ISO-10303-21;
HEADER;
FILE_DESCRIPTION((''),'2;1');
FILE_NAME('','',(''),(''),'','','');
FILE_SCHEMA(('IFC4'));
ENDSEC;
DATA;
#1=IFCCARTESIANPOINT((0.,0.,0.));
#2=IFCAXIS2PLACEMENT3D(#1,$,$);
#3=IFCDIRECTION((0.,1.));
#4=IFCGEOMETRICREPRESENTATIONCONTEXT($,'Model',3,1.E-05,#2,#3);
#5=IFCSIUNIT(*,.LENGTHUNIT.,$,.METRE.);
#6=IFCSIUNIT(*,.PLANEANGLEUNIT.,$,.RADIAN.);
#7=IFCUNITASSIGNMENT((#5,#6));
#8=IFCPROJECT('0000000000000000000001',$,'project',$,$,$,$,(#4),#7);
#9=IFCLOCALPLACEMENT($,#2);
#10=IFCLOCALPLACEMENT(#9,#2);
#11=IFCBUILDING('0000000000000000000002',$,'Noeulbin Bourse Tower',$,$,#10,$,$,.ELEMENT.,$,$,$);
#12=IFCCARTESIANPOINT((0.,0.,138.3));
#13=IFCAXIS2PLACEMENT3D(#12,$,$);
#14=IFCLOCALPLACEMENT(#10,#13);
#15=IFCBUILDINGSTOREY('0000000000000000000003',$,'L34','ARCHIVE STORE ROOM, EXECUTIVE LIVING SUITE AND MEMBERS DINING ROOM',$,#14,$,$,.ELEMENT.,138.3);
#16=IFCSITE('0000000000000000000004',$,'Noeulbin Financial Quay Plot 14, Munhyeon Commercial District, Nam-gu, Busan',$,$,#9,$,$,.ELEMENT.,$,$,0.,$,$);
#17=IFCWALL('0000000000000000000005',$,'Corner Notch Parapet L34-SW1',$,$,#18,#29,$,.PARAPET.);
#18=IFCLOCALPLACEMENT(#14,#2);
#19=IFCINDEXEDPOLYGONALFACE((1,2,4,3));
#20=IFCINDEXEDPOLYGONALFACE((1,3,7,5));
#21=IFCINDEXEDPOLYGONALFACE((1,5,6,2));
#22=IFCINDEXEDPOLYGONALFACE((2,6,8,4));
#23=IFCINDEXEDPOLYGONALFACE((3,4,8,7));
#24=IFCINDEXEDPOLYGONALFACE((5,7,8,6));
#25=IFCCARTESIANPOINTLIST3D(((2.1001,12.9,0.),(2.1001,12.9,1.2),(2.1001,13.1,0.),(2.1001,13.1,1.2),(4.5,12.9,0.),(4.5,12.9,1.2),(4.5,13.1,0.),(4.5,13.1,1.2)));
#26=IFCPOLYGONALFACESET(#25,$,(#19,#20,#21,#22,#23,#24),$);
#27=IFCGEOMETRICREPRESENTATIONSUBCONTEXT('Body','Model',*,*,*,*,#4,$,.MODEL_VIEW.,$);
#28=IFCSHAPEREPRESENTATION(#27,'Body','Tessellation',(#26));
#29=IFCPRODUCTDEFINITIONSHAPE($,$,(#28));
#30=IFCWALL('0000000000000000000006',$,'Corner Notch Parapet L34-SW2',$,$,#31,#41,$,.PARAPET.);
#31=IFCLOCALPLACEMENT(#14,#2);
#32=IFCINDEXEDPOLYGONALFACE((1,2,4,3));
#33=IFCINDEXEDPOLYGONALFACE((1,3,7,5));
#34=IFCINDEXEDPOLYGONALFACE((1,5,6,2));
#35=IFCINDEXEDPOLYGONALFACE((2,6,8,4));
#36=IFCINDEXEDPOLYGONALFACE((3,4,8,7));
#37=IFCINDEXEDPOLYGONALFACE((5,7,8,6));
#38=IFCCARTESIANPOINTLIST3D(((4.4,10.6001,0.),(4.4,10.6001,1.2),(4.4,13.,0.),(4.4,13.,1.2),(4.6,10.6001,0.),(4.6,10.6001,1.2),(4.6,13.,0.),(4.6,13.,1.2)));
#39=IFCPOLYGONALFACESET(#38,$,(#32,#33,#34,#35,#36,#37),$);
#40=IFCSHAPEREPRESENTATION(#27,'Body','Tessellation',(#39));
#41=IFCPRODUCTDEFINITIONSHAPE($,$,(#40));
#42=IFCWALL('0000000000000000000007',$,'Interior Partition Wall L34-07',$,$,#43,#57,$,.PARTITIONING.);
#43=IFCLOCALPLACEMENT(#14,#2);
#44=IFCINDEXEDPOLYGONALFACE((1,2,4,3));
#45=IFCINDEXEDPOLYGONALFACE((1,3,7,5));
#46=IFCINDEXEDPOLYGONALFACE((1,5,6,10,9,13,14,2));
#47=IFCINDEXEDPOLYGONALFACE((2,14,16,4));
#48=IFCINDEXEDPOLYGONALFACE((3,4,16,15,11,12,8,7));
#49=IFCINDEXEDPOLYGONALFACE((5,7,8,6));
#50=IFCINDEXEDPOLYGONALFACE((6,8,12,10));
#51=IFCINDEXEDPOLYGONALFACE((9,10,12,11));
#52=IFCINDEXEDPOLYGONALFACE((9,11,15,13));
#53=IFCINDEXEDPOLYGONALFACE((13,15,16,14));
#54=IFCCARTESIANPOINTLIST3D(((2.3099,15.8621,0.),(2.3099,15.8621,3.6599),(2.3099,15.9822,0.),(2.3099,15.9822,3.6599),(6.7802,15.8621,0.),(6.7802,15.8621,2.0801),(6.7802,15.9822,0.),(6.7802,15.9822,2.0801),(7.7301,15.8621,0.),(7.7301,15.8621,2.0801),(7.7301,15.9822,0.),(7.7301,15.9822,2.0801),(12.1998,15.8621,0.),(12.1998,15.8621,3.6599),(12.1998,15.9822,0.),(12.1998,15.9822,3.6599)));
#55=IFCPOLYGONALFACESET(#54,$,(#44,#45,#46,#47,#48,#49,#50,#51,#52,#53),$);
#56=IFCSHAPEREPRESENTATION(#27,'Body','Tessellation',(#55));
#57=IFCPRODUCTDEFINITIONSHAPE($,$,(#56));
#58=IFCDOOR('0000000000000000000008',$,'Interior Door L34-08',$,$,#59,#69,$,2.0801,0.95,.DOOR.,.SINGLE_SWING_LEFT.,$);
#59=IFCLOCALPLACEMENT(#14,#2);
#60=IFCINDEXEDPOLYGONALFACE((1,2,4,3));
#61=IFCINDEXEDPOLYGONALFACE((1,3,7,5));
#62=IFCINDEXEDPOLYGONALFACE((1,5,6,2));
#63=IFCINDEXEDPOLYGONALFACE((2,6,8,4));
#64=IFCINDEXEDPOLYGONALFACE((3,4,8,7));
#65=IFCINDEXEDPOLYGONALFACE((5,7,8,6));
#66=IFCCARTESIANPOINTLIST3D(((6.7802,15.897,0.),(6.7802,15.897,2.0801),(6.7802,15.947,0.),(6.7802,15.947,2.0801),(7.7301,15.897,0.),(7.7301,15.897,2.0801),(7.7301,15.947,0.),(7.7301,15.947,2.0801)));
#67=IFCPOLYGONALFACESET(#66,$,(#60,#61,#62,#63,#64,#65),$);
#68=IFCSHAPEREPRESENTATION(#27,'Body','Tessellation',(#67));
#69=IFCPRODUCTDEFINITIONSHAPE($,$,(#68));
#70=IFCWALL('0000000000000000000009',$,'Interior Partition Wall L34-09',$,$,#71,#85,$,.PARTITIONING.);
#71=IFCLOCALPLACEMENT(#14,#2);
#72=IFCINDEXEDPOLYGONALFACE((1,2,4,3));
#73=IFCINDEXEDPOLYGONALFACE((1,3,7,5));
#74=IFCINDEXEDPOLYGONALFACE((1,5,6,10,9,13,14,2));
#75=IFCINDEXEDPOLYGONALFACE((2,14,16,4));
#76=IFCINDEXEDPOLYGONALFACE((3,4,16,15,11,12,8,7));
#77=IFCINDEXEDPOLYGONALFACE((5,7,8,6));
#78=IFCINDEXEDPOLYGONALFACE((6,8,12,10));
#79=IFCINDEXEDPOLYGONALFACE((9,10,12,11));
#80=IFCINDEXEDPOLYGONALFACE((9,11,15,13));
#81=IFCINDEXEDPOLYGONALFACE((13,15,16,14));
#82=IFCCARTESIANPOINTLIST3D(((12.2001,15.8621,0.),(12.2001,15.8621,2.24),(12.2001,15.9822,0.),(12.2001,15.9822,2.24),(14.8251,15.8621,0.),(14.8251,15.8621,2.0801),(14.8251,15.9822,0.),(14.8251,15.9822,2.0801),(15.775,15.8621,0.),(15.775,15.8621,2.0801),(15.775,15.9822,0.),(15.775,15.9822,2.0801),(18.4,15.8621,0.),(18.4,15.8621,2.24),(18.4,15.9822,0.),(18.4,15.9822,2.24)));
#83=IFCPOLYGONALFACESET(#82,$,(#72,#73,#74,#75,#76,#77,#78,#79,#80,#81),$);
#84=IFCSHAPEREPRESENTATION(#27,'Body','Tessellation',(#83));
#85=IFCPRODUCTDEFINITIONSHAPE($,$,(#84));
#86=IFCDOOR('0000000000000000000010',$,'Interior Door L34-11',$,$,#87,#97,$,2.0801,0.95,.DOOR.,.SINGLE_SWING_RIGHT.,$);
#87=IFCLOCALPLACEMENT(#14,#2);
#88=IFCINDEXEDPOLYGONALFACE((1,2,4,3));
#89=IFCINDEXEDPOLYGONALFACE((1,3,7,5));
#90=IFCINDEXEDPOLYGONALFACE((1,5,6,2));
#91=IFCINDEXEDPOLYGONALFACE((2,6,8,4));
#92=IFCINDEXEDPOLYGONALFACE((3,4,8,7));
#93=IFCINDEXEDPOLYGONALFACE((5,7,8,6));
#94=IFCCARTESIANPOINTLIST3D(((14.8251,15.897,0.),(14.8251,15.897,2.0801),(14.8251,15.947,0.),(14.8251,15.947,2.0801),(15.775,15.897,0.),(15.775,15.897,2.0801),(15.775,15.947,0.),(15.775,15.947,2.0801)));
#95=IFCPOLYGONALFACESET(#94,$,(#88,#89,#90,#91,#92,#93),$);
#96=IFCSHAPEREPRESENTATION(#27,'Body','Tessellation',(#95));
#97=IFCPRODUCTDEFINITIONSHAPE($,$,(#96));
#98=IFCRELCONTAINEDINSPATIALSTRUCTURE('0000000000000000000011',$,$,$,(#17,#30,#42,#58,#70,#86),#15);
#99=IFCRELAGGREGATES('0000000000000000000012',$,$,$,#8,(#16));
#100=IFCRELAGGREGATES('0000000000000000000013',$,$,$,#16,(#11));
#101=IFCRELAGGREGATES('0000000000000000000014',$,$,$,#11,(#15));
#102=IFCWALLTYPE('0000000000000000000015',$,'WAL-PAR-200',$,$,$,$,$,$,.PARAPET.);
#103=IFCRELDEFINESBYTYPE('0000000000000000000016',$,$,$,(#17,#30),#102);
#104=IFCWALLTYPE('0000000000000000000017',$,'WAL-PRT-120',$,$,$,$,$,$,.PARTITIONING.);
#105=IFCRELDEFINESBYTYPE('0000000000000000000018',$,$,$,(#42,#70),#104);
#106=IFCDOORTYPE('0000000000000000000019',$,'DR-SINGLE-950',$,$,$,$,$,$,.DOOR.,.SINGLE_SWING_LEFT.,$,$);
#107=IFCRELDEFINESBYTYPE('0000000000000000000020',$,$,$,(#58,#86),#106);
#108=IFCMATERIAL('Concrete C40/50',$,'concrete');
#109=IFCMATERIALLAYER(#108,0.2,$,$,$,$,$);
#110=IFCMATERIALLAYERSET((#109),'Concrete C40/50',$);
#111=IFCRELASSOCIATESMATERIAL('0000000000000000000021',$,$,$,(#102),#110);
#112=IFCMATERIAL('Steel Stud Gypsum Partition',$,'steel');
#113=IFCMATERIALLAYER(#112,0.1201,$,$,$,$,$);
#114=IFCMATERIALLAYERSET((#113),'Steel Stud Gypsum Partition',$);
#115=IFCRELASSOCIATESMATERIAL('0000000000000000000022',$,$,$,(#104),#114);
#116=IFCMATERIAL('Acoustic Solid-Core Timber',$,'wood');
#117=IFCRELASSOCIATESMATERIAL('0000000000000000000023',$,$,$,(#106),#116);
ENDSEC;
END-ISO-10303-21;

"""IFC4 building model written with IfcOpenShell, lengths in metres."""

from ifc_helpers import new_model, si_unit, direction, frame, frame_2d, origin, place, context, subcontext, project, spatial, rectangle, extrude, material, layer, layer_set, type_object, element, fill, save


model = new_model("IFC4")

# Units and contexts
model_context = context("Model", 3, precision=1e-05, world=origin(), true_north=direction((0.0, 1.0)))
body_context = subcontext(model_context, "Body", "Model", "MODEL_VIEW")
ifc_project = project(units=[si_unit("LENGTHUNIT", "METRE"), si_unit("PLANEANGLEUNIT", "RADIAN")], contexts=[model_context])

# Site, building, storey
site_placement = place(None, origin())
site = spatial("IfcSite", under=ifc_project, at=site_placement, Name="Noeulbin Financial Quay Plot 14, Munhyeon Commercial District, Nam-gu, Busan", CompositionType="ELEMENT", RefElevation=0.0)
building_placement = place(site_placement, origin())
building = spatial("IfcBuilding", under=site, at=building_placement, Name="Noeulbin Bourse Tower", CompositionType="ELEMENT")
storey_placement = place(building_placement, frame((0.0, 0.0, 138.3)))
storey = spatial("IfcBuildingStorey", under=building, at=storey_placement, Name="L34", Description="ARCHIVE STORE ROOM, EXECUTIVE LIVING SUITE AND MEMBERS DINING ROOM", CompositionType="ELEMENT", Elevation=138.3)

# Walls
ifc_material_1 = material(Name="Concrete C40/50", Category="concrete")
ifc_layer_1 = layer(ifc_material_1, 0.2)
ifc_layer_set_1 = layer_set([ifc_layer_1], Name="Concrete C40/50")
wall_type_1 = type_object("IfcWallType", Name="WAL-PAR-200", PredefinedType="PARAPET", material=ifc_layer_set_1)
for number, where, z_axis, x_axis, name in (
    (1, (2.1001, 13.0, 0.0), (0.0, 0.0, 1.0), (1.0, 0.0, 0.0), "Corner Notch Parapet L34-SW1"),
    (2, (4.5, 13.0, 0.0), (0.0, 0.0, 1.0), (0.0, -1.0, 0.0), "Corner Notch Parapet L34-SW2"),
):
    element("IfcWall", number, at=place(storey_placement, frame(where, z_axis=z_axis, x_axis=x_axis)), inside=storey, type_object=wall_type_1, Name=name, PredefinedType="PARAPET", context=body_context, shape_type="SweptSolid", body=[
        extrude(rectangle(XDim=2.3999, YDim=0.2, at=frame_2d((1.2, 0.0))), origin(), (0.0, 0.0, 1.0), 1.2),
    ])

# Walls, openings, doors
ifc_material_2 = material(Name="Steel Stud Gypsum Partition", Category="steel")
ifc_layer_2 = layer(ifc_material_2, 0.1201)
ifc_layer_set_2 = layer_set([ifc_layer_2], Name="Steel Stud Gypsum Partition")
wall_type_2 = type_object("IfcWallType", Name="WAL-PRT-120", PredefinedType="PARTITIONING", material=ifc_layer_set_2)
wall_1_placement = place(storey_placement, frame((2.3101, 15.9221, 0.0), z_axis=(0.0, 0.0, 1.0), x_axis=(1.0, 0.0, 0.0)))
wall_1 = element("IfcWall", 3, at=wall_1_placement, inside=storey, type_object=wall_type_2, Name="Interior Partition Wall L34-07", PredefinedType="PARTITIONING", context=body_context, shape_type="SweptSolid", body=[
    extrude(rectangle(XDim=9.8899, YDim=0.1201, at=frame_2d((4.9448, 0.0))), origin(), (0.0, 0.0, 1.0), 3.6599),
])
opening_1_placement = place(wall_1_placement, frame((4.47, 0.0, 0.0)))
opening_1 = element("IfcOpeningElement", 4, at=opening_1_placement, cuts=wall_1, PredefinedType="OPENING", context=body_context, shape_type="SweptSolid", body=[
    extrude(rectangle(XDim=0.95, YDim=2.0801, at=frame_2d((0.4751, 1.04))), frame((0.0, 0.0701, 0.0), z_axis=(0.0, -1.0, 0.0), x_axis=(1.0, 0.0, 0.0)), (0.0, 0.0, 1.0), 0.1401),
])
ifc_material_3 = material(Name="Acoustic Solid-Core Timber", Category="wood")
door_type = type_object("IfcDoorType", Name="DR-SINGLE-950", OperationType="SINGLE_SWING_LEFT", PredefinedType="DOOR", material=ifc_material_3)
door_1_placement = place(opening_1_placement, origin())
door_1 = element("IfcDoor", 5, at=door_1_placement, inside=storey, type_object=door_type, Name="Interior Door L34-08", OperationType="SINGLE_SWING_LEFT", OverallHeight=2.0801, OverallWidth=0.95, PredefinedType="DOOR", context=body_context, shape_type="SweptSolid", body=[
    extrude(rectangle(XDim=0.95, YDim=2.0801, at=frame_2d((0.4751, 1.04))), frame((0.0, 0.0249, 0.0), z_axis=(0.0, -1.0, 0.0), x_axis=(1.0, 0.0, 0.0)), (0.0, 0.0, 1.0), 0.05),
])
fill(opening_1, door_1)
wall_2_placement = place(storey_placement, frame((12.2, 15.9221, 0.0), z_axis=(0.0, 0.0, 1.0), x_axis=(1.0, 0.0, 0.0)))
wall_2 = element("IfcWall", 6, at=wall_2_placement, inside=storey, type_object=wall_type_2, Name="Interior Partition Wall L34-09", PredefinedType="PARTITIONING", context=body_context, shape_type="SweptSolid", body=[
    extrude(rectangle(XDim=6.2, YDim=0.1201, at=frame_2d((3.1001, 0.0))), origin(), (0.0, 0.0, 1.0), 2.24),
])
opening_2_placement = place(wall_2_placement, frame((2.625, 0.0, 0.0)))
opening_2 = element("IfcOpeningElement", 7, at=opening_2_placement, cuts=wall_2, PredefinedType="OPENING", context=body_context, shape_type="SweptSolid", body=[
    extrude(rectangle(XDim=0.95, YDim=2.0801, at=frame_2d((0.4751, 1.04))), frame((0.0, 0.0701, 0.0), z_axis=(0.0, -1.0, 0.0), x_axis=(1.0, 0.0, 0.0)), (0.0, 0.0, 1.0), 0.1401),
])
door_2_placement = place(opening_2_placement, origin())
door_2 = element("IfcDoor", 8, at=door_2_placement, inside=storey, type_object=door_type, Name="Interior Door L34-11", OperationType="SINGLE_SWING_RIGHT", OverallHeight=2.0801, OverallWidth=0.95, PredefinedType="DOOR", context=body_context, shape_type="SweptSolid", body=[
    extrude(rectangle(XDim=0.95, YDim=2.0801, at=frame_2d((0.4751, 1.04))), frame((0.0, 0.0249, 0.0), z_axis=(0.0, -1.0, 0.0), x_axis=(1.0, 0.0, 0.0)), (0.0, 0.0, 1.0), 0.05),
])
fill(opening_2, door_2)

save(model, "model.ifc")
